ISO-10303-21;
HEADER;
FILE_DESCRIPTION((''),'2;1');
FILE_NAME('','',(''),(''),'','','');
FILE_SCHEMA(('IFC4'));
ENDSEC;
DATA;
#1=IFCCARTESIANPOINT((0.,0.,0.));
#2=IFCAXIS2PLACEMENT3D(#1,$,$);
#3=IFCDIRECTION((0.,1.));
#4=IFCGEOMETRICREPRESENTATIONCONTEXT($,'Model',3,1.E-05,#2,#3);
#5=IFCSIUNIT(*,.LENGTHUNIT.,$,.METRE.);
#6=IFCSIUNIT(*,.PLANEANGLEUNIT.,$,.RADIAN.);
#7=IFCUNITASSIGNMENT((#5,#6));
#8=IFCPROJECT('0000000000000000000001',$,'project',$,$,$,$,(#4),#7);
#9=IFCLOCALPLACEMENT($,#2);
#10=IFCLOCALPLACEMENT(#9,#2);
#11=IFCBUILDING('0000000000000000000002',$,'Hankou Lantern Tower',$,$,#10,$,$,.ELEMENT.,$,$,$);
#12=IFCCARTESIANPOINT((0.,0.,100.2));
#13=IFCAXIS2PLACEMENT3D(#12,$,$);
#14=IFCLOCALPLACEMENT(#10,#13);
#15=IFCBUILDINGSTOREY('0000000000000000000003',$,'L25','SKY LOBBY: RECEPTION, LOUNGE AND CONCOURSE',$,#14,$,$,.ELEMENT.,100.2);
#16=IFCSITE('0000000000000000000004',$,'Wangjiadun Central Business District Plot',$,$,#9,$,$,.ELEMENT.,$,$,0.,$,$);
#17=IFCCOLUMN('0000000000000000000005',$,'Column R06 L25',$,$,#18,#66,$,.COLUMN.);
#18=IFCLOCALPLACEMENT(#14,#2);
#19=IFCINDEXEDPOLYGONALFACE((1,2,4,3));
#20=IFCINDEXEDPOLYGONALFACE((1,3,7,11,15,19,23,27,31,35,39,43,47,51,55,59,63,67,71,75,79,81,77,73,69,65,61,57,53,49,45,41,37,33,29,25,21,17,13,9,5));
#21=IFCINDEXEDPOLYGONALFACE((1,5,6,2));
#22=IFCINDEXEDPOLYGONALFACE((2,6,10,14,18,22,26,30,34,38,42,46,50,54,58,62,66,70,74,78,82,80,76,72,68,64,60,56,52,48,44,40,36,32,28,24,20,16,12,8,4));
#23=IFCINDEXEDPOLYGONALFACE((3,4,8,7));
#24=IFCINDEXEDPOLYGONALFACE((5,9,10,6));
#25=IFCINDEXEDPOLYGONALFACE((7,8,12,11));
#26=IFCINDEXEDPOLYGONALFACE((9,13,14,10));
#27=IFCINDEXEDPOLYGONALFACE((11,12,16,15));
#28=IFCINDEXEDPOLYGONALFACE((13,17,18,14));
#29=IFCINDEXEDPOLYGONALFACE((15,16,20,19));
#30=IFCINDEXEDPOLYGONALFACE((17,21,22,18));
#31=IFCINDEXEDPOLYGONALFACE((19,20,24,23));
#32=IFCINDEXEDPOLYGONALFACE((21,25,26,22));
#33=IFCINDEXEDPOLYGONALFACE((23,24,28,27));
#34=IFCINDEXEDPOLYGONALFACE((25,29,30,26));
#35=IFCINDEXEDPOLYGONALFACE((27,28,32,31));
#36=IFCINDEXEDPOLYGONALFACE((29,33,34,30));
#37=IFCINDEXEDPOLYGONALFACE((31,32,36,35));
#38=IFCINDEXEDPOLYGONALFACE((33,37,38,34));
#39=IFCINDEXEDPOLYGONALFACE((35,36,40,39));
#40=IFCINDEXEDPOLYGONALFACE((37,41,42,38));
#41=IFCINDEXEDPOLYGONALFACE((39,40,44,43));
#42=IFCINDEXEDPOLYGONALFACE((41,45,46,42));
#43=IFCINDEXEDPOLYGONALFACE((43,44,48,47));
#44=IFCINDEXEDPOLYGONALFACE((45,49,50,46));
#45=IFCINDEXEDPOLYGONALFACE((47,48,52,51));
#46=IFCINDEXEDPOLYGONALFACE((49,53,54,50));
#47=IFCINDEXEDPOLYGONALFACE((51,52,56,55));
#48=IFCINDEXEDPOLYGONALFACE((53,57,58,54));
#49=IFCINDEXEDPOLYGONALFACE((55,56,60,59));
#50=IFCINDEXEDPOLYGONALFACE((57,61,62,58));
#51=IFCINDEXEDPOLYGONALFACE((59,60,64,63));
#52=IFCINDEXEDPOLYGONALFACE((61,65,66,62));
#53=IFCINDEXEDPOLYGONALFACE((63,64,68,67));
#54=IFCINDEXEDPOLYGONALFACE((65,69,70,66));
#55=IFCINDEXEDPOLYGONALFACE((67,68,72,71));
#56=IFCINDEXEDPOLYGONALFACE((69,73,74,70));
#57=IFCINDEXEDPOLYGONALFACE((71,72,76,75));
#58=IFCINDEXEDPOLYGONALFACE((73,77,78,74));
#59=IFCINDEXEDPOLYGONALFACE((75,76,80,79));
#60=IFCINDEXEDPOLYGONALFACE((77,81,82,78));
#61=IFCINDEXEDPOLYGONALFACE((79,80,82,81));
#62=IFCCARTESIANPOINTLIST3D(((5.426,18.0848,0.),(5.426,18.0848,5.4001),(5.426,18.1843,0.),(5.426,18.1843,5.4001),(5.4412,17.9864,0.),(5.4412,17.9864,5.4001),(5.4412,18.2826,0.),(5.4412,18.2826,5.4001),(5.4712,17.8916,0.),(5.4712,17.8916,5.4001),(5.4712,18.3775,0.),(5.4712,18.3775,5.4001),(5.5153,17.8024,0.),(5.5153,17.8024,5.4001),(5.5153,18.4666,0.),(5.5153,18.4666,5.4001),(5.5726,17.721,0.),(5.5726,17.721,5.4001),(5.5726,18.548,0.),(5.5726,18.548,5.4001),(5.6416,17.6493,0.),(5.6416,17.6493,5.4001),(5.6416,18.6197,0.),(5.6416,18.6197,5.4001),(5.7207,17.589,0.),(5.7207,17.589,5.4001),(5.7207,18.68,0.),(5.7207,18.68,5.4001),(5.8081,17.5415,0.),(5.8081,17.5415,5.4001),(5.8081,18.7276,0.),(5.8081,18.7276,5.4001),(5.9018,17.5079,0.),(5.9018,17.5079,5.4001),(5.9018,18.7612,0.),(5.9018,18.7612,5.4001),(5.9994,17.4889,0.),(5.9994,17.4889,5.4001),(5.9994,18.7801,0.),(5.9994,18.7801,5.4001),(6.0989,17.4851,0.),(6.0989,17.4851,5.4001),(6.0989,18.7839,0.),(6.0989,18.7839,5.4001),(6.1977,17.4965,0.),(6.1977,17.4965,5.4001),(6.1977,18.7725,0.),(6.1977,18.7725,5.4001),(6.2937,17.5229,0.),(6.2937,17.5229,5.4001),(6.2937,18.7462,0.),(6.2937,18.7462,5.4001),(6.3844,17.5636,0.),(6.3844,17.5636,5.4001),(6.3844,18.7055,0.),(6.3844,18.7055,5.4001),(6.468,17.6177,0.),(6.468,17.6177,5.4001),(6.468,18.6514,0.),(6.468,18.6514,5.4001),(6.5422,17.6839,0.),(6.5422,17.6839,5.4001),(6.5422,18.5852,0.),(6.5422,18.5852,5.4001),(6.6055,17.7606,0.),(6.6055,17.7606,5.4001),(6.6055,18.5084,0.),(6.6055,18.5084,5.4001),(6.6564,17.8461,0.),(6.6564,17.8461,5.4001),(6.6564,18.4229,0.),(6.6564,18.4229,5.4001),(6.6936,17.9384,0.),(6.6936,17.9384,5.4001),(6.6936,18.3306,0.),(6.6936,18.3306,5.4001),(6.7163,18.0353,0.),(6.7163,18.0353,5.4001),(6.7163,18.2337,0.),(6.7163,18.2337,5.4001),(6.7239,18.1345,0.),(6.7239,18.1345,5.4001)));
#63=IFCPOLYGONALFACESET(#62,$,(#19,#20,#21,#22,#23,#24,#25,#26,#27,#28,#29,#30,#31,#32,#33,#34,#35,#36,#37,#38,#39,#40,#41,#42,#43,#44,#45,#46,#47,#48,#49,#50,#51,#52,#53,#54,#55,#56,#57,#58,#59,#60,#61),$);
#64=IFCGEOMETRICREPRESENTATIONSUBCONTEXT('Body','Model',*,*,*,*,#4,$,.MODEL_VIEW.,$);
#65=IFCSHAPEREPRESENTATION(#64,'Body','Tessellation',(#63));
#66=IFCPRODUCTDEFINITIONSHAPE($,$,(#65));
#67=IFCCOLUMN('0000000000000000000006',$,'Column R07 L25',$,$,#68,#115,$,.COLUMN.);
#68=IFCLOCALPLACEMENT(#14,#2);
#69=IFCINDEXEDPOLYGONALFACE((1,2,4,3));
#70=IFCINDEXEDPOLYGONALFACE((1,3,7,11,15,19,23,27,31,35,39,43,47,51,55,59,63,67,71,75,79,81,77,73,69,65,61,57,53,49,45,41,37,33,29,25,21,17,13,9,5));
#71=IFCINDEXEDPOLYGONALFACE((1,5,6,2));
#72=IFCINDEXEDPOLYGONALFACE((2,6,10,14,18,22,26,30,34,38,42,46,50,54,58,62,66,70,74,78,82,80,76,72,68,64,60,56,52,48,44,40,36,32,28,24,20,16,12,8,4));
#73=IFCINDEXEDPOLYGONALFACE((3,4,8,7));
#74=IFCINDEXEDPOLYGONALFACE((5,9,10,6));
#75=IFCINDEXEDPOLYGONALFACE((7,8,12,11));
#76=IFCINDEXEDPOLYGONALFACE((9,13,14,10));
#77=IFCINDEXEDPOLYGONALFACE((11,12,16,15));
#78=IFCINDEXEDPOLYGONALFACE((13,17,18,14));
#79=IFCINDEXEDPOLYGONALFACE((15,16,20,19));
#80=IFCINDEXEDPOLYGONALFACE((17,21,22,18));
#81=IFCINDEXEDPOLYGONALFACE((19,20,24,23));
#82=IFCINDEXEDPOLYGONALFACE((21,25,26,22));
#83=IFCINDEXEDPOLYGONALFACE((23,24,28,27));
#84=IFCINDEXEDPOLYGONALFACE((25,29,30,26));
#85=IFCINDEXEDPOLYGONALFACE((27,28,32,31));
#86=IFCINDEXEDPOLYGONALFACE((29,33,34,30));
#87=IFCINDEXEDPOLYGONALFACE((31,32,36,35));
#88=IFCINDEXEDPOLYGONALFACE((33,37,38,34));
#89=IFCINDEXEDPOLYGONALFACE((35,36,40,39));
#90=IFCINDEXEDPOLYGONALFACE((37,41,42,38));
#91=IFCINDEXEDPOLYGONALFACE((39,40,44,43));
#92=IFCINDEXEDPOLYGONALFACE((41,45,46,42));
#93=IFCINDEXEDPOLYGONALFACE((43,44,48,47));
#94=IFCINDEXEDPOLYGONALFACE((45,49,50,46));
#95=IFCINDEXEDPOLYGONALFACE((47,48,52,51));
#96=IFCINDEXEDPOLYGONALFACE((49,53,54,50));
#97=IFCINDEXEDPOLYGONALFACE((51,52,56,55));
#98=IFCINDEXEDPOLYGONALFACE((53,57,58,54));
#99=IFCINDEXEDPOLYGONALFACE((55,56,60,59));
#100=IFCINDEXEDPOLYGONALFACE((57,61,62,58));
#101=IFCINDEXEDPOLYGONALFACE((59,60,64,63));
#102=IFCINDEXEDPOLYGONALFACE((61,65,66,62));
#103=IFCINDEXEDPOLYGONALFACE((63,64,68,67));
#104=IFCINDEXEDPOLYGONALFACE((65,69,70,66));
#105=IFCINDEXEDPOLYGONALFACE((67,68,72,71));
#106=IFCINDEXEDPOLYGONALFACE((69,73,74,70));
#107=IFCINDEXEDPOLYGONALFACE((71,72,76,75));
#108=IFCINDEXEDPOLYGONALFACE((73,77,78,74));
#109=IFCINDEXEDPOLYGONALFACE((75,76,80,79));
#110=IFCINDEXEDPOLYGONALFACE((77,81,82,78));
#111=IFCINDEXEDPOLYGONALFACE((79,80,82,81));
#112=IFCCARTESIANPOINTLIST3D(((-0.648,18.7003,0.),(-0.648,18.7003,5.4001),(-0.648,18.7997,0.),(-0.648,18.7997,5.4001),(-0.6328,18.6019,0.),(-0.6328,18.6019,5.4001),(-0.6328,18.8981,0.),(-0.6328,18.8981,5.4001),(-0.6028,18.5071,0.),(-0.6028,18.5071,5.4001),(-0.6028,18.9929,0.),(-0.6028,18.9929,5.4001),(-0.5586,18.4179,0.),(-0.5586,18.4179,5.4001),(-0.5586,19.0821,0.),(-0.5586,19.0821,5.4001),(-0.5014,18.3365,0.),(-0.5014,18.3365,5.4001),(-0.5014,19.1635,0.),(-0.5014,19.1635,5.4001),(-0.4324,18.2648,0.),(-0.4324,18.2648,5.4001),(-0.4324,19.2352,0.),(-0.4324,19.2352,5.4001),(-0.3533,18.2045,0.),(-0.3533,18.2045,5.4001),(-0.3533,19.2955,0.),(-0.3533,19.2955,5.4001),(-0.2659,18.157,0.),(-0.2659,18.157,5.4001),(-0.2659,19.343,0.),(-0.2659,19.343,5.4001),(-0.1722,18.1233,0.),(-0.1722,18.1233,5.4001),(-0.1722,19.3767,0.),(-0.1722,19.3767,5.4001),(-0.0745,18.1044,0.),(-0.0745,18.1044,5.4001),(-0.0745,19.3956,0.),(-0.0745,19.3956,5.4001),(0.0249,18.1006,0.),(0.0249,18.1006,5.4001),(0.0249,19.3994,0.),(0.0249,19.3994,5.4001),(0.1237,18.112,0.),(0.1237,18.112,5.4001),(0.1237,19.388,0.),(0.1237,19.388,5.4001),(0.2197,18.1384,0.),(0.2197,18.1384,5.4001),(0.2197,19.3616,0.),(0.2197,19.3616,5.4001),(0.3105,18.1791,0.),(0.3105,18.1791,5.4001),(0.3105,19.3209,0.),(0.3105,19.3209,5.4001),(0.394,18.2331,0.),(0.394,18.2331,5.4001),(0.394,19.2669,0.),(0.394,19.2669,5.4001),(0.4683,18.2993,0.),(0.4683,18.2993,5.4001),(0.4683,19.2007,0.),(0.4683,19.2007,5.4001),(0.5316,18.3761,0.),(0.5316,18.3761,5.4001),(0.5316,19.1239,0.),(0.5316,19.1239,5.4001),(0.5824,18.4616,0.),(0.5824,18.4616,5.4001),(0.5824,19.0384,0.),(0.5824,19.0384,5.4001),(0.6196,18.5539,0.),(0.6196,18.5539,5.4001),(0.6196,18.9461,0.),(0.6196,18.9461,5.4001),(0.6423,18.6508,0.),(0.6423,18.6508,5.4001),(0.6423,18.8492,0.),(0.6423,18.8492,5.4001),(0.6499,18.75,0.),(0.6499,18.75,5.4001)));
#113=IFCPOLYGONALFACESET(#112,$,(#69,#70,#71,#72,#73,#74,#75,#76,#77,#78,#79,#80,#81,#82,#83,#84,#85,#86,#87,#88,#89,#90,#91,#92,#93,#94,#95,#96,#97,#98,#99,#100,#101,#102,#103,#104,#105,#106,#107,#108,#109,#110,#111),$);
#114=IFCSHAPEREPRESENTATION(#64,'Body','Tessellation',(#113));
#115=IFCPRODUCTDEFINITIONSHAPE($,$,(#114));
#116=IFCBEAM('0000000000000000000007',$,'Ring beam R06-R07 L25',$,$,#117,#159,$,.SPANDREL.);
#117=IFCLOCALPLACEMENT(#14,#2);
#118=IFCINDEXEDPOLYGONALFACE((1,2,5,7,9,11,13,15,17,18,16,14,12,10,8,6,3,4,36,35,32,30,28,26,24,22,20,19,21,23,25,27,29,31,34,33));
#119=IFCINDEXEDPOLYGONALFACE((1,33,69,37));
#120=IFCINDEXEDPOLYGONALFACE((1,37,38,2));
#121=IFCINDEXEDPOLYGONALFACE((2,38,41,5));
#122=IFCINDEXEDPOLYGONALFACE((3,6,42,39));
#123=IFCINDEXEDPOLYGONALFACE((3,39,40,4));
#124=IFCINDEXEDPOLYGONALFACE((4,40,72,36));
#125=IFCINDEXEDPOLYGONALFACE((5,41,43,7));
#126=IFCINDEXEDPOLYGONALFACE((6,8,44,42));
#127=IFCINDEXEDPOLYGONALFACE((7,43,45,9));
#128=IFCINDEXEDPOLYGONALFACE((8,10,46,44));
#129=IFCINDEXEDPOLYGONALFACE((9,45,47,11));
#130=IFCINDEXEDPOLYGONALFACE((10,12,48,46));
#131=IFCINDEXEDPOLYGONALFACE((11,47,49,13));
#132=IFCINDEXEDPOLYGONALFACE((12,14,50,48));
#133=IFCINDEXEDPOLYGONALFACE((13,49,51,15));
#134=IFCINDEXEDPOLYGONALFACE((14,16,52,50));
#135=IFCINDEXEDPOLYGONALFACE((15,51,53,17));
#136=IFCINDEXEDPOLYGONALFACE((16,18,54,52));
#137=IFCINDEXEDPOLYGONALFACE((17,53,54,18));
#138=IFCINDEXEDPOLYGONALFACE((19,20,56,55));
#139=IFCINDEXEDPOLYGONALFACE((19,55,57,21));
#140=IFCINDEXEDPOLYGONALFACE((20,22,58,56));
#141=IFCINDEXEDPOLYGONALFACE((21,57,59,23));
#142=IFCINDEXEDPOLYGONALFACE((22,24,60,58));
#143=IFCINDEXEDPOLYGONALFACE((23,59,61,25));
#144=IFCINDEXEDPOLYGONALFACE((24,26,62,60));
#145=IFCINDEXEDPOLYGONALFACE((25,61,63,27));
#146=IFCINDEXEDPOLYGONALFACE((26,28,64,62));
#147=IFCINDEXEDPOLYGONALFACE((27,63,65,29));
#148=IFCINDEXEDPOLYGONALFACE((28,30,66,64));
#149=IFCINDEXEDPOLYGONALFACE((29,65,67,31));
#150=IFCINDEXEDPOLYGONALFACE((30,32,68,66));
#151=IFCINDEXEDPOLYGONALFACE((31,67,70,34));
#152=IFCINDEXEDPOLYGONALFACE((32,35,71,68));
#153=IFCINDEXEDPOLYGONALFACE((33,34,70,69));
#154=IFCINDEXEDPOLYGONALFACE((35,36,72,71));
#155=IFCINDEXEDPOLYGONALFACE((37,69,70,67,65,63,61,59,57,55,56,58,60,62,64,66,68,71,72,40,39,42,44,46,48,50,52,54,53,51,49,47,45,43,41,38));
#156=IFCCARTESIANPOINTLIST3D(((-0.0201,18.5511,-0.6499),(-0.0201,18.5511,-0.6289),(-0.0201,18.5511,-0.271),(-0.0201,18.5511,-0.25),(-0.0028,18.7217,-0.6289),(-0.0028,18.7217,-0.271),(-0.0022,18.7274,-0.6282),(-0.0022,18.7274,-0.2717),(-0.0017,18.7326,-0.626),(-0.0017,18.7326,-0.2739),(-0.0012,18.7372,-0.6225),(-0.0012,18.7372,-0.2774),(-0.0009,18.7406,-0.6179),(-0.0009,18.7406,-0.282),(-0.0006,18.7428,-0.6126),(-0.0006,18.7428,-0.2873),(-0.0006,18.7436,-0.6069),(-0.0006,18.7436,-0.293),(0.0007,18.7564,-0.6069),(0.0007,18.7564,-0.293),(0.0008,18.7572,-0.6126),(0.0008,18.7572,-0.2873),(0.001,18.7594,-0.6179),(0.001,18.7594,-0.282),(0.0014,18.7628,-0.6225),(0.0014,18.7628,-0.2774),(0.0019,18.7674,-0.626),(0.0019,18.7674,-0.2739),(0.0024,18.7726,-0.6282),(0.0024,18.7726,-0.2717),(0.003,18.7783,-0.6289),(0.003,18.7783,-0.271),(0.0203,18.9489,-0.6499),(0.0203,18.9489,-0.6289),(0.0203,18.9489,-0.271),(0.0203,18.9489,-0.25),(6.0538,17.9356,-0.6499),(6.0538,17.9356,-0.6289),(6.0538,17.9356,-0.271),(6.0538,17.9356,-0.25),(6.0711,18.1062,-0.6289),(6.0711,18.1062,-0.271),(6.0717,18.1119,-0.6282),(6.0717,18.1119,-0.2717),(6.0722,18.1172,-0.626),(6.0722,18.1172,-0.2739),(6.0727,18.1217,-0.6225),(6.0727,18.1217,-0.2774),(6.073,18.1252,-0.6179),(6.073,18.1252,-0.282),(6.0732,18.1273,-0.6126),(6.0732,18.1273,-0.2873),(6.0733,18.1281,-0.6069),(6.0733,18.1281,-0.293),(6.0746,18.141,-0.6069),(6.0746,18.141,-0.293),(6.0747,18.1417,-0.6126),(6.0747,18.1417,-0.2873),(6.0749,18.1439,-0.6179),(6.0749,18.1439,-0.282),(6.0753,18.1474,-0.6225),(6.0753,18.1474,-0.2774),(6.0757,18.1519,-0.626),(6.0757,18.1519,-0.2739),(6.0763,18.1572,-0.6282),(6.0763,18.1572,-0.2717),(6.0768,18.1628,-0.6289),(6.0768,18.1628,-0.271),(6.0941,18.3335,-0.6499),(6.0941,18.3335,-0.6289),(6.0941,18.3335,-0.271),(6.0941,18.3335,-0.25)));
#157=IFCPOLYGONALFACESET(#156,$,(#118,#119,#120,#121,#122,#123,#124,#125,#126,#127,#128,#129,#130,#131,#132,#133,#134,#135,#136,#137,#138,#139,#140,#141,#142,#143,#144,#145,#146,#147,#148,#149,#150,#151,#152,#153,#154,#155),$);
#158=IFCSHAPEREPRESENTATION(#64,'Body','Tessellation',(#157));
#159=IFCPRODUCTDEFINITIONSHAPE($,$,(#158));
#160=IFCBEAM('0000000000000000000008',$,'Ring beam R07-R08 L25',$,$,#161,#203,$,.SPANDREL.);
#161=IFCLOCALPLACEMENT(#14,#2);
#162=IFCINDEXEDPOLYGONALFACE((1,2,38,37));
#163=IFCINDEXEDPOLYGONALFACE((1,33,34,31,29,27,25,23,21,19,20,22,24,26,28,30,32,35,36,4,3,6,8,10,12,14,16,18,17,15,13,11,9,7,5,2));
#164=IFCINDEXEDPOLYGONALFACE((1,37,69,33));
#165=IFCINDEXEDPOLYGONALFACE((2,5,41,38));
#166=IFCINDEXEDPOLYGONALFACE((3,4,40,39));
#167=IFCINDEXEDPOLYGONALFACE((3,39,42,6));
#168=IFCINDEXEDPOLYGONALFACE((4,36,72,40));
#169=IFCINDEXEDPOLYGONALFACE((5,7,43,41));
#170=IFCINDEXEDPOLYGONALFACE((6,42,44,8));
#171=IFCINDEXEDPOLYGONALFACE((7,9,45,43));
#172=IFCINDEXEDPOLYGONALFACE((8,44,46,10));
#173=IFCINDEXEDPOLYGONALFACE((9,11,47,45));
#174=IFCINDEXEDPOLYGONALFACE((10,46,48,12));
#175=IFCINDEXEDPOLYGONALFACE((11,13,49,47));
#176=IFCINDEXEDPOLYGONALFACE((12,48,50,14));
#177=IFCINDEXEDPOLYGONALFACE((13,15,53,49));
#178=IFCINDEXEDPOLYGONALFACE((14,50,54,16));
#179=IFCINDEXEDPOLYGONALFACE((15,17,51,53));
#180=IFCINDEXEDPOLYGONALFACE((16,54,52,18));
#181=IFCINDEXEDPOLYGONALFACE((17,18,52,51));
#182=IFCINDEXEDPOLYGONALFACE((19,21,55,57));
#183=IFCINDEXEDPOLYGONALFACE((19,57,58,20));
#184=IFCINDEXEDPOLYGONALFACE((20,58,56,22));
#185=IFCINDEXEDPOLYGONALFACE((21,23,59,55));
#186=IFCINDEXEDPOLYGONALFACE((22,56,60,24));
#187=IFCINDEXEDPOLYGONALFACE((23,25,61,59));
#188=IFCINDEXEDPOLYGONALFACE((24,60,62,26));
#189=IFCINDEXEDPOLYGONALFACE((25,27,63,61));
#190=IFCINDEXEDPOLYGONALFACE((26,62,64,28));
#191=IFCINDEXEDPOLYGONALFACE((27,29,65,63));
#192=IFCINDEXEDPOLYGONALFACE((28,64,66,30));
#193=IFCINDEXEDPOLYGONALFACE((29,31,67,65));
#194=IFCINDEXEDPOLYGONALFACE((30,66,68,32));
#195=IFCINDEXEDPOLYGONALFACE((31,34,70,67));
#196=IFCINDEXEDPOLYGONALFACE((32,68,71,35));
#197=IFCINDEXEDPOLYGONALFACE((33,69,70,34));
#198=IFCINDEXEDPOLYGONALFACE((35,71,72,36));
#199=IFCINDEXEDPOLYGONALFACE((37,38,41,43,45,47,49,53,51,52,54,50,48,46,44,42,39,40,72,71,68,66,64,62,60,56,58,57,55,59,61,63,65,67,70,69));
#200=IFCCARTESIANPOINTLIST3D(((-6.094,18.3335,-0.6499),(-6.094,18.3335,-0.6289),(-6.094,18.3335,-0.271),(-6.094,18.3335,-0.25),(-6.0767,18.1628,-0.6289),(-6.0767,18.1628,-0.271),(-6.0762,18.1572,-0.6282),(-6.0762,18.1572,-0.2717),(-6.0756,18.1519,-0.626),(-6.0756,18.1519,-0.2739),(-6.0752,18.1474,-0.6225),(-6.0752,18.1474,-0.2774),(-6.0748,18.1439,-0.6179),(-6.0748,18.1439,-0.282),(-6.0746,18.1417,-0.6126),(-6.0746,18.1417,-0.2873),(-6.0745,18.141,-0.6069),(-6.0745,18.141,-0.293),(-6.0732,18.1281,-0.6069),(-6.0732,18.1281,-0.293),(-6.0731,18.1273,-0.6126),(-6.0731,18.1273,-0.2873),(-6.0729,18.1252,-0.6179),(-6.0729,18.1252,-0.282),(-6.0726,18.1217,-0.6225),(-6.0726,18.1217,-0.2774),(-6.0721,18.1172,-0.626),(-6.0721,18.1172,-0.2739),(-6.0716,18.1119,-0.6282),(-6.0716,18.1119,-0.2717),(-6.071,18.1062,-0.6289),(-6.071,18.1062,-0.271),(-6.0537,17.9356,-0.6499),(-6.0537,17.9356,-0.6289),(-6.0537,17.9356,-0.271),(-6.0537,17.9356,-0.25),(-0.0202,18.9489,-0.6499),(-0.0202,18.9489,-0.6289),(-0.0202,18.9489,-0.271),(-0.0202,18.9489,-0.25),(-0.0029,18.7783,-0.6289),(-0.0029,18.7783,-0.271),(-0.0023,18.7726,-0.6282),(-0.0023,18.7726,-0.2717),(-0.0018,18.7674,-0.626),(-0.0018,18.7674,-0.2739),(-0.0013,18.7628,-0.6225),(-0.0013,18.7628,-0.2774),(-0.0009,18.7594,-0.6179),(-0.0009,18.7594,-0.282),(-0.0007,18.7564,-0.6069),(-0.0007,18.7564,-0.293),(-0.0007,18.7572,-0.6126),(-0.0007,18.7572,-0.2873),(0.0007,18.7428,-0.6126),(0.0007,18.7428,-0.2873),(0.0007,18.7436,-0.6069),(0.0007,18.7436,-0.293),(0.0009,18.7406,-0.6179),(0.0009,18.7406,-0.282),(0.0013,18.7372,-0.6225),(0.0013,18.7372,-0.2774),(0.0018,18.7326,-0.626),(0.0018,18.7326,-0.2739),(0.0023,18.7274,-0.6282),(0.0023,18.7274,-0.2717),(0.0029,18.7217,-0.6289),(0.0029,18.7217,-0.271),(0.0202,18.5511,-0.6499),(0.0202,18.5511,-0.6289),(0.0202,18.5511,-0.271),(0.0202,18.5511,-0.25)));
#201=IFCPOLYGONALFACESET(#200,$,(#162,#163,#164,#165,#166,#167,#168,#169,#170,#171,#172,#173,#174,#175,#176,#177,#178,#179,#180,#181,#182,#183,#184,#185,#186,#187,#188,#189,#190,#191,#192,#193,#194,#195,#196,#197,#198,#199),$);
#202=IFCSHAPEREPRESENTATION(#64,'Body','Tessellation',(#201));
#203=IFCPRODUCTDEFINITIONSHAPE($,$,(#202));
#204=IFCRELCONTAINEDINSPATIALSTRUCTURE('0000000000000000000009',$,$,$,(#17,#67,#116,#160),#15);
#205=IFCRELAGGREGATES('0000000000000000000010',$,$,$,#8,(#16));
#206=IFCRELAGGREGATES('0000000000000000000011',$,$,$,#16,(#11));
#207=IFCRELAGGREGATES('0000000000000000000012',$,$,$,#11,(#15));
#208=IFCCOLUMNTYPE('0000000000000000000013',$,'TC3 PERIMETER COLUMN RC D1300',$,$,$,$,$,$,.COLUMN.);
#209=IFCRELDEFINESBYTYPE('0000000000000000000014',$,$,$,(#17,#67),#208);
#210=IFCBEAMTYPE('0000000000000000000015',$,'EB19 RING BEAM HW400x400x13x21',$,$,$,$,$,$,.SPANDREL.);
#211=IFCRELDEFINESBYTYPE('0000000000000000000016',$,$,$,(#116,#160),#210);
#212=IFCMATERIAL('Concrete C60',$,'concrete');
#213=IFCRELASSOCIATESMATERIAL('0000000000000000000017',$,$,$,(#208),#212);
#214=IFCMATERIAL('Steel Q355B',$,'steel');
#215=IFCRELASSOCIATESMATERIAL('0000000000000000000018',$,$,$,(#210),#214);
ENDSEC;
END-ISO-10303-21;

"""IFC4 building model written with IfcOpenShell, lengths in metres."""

from ifc_helpers import new_model, si_unit, direction, frame, origin, origin_2d, place, context, subcontext, project, spatial, circle, i_section, extrude, material, material_profile, profile_set, type_object, element, save


model = new_model("IFC4")

# Units and contexts
model_context = context("Model", 3, precision=1e-05, world=origin(), true_north=direction((0.0, 1.0)))
body_context = subcontext(model_context, "Body", "Model", "MODEL_VIEW")
ifc_project = project(units=[si_unit("LENGTHUNIT", "METRE"), si_unit("PLANEANGLEUNIT", "RADIAN")], contexts=[model_context])

# Site, building, storey
site_placement = place(None, origin())
site = spatial("IfcSite", under=ifc_project, at=site_placement, Name="Wangjiadun Central Business District Plot", CompositionType="ELEMENT", RefElevation=0.0)
building_placement = place(site_placement, origin())
building = spatial("IfcBuilding", under=site, at=building_placement, Name="Hankou Lantern Tower", CompositionType="ELEMENT")
storey_placement = place(building_placement, frame((0.0, 0.0, 100.2)))
storey = spatial("IfcBuildingStorey", under=building, at=storey_placement, Name="L25", Description="SKY LOBBY: RECEPTION, LOUNGE AND CONCOURSE", CompositionType="ELEMENT", Elevation=100.2)

# Columns
ifc_material_1 = material(Name="Concrete C60", Category="concrete")
ifc_material_profile_1 = material_profile(ifc_material_1, circle(Radius=0.6499, at=origin_2d()), Name="RC D1300")
ifc_profile_set_1 = profile_set([ifc_material_profile_1], Name="Concrete C60")
column_type = type_object("IfcColumnType", Name="TC3 PERIMETER COLUMN RC D1300", PredefinedType="COLUMN", material=ifc_profile_set_1)
for number, where, z_axis, x_axis, name in (
    (1, (6.074, 18.1345, 0.0), (0.0, 0.0, 1.0), (1.0, 0.0, 0.0), "Column R06 L25"),
    (2, (0.0, 18.75, 0.0), (0.0, 0.0, 1.0), (1.0, 0.0, 0.0), "Column R07 L25"),
):
    element("IfcColumn", number, at=place(storey_placement, frame(where, z_axis=z_axis, x_axis=x_axis)), inside=storey, type_object=column_type, Name=name, PredefinedType="COLUMN", context=body_context, shape_type="SweptSolid", body=[
        extrude(circle(Radius=0.6499, at=origin_2d()), origin(), (0.0, 0.0, 1.0), 5.4001),
    ])

# Beams
ifc_material_2 = material(Name="Steel Q355B", Category="steel")
ifc_material_profile_2 = material_profile(ifc_material_2, i_section(OverallWidth=0.3999, OverallDepth=0.3999, WebThickness=0.0129, FlangeThickness=0.021, FilletRadius=0.022, at=origin_2d()), Name="HW400x400x13x21")
ifc_profile_set_2 = profile_set([ifc_material_profile_2], Name="Steel Q355B")
beam_type_1 = type_object("IfcBeamType", Name="EB19 RING BEAM HW400x400x13x21", PredefinedType="SPANDREL", material=ifc_profile_set_2)
for number, where, z_axis, x_axis, name in (
    (3, (6.074, 18.1345, -0.45), (-0.994905, 0.100814, 0.0), (-0.100814, -0.994905, 0.0), "Ring beam R06-R07 L25"),
    (4, (0.0, 18.75, -0.45), (-0.994905, -0.100814, 0.0), (0.100814, -0.994905, 0.0), "Ring beam R07-R08 L25"),
):
    element("IfcBeam", number, at=place(storey_placement, frame(where, z_axis=z_axis, x_axis=x_axis)), inside=storey, type_object=beam_type_1, Name=name, PredefinedType="SPANDREL", context=body_context, shape_type="SweptSolid", body=[
        extrude(i_section(OverallWidth=0.3999, OverallDepth=0.3999, WebThickness=0.0129, FlangeThickness=0.021, FilletRadius=0.022, at=origin_2d()), origin(), (0.0, 0.0, 1.0), 6.105),
    ])

save(model, "model.ifc")
